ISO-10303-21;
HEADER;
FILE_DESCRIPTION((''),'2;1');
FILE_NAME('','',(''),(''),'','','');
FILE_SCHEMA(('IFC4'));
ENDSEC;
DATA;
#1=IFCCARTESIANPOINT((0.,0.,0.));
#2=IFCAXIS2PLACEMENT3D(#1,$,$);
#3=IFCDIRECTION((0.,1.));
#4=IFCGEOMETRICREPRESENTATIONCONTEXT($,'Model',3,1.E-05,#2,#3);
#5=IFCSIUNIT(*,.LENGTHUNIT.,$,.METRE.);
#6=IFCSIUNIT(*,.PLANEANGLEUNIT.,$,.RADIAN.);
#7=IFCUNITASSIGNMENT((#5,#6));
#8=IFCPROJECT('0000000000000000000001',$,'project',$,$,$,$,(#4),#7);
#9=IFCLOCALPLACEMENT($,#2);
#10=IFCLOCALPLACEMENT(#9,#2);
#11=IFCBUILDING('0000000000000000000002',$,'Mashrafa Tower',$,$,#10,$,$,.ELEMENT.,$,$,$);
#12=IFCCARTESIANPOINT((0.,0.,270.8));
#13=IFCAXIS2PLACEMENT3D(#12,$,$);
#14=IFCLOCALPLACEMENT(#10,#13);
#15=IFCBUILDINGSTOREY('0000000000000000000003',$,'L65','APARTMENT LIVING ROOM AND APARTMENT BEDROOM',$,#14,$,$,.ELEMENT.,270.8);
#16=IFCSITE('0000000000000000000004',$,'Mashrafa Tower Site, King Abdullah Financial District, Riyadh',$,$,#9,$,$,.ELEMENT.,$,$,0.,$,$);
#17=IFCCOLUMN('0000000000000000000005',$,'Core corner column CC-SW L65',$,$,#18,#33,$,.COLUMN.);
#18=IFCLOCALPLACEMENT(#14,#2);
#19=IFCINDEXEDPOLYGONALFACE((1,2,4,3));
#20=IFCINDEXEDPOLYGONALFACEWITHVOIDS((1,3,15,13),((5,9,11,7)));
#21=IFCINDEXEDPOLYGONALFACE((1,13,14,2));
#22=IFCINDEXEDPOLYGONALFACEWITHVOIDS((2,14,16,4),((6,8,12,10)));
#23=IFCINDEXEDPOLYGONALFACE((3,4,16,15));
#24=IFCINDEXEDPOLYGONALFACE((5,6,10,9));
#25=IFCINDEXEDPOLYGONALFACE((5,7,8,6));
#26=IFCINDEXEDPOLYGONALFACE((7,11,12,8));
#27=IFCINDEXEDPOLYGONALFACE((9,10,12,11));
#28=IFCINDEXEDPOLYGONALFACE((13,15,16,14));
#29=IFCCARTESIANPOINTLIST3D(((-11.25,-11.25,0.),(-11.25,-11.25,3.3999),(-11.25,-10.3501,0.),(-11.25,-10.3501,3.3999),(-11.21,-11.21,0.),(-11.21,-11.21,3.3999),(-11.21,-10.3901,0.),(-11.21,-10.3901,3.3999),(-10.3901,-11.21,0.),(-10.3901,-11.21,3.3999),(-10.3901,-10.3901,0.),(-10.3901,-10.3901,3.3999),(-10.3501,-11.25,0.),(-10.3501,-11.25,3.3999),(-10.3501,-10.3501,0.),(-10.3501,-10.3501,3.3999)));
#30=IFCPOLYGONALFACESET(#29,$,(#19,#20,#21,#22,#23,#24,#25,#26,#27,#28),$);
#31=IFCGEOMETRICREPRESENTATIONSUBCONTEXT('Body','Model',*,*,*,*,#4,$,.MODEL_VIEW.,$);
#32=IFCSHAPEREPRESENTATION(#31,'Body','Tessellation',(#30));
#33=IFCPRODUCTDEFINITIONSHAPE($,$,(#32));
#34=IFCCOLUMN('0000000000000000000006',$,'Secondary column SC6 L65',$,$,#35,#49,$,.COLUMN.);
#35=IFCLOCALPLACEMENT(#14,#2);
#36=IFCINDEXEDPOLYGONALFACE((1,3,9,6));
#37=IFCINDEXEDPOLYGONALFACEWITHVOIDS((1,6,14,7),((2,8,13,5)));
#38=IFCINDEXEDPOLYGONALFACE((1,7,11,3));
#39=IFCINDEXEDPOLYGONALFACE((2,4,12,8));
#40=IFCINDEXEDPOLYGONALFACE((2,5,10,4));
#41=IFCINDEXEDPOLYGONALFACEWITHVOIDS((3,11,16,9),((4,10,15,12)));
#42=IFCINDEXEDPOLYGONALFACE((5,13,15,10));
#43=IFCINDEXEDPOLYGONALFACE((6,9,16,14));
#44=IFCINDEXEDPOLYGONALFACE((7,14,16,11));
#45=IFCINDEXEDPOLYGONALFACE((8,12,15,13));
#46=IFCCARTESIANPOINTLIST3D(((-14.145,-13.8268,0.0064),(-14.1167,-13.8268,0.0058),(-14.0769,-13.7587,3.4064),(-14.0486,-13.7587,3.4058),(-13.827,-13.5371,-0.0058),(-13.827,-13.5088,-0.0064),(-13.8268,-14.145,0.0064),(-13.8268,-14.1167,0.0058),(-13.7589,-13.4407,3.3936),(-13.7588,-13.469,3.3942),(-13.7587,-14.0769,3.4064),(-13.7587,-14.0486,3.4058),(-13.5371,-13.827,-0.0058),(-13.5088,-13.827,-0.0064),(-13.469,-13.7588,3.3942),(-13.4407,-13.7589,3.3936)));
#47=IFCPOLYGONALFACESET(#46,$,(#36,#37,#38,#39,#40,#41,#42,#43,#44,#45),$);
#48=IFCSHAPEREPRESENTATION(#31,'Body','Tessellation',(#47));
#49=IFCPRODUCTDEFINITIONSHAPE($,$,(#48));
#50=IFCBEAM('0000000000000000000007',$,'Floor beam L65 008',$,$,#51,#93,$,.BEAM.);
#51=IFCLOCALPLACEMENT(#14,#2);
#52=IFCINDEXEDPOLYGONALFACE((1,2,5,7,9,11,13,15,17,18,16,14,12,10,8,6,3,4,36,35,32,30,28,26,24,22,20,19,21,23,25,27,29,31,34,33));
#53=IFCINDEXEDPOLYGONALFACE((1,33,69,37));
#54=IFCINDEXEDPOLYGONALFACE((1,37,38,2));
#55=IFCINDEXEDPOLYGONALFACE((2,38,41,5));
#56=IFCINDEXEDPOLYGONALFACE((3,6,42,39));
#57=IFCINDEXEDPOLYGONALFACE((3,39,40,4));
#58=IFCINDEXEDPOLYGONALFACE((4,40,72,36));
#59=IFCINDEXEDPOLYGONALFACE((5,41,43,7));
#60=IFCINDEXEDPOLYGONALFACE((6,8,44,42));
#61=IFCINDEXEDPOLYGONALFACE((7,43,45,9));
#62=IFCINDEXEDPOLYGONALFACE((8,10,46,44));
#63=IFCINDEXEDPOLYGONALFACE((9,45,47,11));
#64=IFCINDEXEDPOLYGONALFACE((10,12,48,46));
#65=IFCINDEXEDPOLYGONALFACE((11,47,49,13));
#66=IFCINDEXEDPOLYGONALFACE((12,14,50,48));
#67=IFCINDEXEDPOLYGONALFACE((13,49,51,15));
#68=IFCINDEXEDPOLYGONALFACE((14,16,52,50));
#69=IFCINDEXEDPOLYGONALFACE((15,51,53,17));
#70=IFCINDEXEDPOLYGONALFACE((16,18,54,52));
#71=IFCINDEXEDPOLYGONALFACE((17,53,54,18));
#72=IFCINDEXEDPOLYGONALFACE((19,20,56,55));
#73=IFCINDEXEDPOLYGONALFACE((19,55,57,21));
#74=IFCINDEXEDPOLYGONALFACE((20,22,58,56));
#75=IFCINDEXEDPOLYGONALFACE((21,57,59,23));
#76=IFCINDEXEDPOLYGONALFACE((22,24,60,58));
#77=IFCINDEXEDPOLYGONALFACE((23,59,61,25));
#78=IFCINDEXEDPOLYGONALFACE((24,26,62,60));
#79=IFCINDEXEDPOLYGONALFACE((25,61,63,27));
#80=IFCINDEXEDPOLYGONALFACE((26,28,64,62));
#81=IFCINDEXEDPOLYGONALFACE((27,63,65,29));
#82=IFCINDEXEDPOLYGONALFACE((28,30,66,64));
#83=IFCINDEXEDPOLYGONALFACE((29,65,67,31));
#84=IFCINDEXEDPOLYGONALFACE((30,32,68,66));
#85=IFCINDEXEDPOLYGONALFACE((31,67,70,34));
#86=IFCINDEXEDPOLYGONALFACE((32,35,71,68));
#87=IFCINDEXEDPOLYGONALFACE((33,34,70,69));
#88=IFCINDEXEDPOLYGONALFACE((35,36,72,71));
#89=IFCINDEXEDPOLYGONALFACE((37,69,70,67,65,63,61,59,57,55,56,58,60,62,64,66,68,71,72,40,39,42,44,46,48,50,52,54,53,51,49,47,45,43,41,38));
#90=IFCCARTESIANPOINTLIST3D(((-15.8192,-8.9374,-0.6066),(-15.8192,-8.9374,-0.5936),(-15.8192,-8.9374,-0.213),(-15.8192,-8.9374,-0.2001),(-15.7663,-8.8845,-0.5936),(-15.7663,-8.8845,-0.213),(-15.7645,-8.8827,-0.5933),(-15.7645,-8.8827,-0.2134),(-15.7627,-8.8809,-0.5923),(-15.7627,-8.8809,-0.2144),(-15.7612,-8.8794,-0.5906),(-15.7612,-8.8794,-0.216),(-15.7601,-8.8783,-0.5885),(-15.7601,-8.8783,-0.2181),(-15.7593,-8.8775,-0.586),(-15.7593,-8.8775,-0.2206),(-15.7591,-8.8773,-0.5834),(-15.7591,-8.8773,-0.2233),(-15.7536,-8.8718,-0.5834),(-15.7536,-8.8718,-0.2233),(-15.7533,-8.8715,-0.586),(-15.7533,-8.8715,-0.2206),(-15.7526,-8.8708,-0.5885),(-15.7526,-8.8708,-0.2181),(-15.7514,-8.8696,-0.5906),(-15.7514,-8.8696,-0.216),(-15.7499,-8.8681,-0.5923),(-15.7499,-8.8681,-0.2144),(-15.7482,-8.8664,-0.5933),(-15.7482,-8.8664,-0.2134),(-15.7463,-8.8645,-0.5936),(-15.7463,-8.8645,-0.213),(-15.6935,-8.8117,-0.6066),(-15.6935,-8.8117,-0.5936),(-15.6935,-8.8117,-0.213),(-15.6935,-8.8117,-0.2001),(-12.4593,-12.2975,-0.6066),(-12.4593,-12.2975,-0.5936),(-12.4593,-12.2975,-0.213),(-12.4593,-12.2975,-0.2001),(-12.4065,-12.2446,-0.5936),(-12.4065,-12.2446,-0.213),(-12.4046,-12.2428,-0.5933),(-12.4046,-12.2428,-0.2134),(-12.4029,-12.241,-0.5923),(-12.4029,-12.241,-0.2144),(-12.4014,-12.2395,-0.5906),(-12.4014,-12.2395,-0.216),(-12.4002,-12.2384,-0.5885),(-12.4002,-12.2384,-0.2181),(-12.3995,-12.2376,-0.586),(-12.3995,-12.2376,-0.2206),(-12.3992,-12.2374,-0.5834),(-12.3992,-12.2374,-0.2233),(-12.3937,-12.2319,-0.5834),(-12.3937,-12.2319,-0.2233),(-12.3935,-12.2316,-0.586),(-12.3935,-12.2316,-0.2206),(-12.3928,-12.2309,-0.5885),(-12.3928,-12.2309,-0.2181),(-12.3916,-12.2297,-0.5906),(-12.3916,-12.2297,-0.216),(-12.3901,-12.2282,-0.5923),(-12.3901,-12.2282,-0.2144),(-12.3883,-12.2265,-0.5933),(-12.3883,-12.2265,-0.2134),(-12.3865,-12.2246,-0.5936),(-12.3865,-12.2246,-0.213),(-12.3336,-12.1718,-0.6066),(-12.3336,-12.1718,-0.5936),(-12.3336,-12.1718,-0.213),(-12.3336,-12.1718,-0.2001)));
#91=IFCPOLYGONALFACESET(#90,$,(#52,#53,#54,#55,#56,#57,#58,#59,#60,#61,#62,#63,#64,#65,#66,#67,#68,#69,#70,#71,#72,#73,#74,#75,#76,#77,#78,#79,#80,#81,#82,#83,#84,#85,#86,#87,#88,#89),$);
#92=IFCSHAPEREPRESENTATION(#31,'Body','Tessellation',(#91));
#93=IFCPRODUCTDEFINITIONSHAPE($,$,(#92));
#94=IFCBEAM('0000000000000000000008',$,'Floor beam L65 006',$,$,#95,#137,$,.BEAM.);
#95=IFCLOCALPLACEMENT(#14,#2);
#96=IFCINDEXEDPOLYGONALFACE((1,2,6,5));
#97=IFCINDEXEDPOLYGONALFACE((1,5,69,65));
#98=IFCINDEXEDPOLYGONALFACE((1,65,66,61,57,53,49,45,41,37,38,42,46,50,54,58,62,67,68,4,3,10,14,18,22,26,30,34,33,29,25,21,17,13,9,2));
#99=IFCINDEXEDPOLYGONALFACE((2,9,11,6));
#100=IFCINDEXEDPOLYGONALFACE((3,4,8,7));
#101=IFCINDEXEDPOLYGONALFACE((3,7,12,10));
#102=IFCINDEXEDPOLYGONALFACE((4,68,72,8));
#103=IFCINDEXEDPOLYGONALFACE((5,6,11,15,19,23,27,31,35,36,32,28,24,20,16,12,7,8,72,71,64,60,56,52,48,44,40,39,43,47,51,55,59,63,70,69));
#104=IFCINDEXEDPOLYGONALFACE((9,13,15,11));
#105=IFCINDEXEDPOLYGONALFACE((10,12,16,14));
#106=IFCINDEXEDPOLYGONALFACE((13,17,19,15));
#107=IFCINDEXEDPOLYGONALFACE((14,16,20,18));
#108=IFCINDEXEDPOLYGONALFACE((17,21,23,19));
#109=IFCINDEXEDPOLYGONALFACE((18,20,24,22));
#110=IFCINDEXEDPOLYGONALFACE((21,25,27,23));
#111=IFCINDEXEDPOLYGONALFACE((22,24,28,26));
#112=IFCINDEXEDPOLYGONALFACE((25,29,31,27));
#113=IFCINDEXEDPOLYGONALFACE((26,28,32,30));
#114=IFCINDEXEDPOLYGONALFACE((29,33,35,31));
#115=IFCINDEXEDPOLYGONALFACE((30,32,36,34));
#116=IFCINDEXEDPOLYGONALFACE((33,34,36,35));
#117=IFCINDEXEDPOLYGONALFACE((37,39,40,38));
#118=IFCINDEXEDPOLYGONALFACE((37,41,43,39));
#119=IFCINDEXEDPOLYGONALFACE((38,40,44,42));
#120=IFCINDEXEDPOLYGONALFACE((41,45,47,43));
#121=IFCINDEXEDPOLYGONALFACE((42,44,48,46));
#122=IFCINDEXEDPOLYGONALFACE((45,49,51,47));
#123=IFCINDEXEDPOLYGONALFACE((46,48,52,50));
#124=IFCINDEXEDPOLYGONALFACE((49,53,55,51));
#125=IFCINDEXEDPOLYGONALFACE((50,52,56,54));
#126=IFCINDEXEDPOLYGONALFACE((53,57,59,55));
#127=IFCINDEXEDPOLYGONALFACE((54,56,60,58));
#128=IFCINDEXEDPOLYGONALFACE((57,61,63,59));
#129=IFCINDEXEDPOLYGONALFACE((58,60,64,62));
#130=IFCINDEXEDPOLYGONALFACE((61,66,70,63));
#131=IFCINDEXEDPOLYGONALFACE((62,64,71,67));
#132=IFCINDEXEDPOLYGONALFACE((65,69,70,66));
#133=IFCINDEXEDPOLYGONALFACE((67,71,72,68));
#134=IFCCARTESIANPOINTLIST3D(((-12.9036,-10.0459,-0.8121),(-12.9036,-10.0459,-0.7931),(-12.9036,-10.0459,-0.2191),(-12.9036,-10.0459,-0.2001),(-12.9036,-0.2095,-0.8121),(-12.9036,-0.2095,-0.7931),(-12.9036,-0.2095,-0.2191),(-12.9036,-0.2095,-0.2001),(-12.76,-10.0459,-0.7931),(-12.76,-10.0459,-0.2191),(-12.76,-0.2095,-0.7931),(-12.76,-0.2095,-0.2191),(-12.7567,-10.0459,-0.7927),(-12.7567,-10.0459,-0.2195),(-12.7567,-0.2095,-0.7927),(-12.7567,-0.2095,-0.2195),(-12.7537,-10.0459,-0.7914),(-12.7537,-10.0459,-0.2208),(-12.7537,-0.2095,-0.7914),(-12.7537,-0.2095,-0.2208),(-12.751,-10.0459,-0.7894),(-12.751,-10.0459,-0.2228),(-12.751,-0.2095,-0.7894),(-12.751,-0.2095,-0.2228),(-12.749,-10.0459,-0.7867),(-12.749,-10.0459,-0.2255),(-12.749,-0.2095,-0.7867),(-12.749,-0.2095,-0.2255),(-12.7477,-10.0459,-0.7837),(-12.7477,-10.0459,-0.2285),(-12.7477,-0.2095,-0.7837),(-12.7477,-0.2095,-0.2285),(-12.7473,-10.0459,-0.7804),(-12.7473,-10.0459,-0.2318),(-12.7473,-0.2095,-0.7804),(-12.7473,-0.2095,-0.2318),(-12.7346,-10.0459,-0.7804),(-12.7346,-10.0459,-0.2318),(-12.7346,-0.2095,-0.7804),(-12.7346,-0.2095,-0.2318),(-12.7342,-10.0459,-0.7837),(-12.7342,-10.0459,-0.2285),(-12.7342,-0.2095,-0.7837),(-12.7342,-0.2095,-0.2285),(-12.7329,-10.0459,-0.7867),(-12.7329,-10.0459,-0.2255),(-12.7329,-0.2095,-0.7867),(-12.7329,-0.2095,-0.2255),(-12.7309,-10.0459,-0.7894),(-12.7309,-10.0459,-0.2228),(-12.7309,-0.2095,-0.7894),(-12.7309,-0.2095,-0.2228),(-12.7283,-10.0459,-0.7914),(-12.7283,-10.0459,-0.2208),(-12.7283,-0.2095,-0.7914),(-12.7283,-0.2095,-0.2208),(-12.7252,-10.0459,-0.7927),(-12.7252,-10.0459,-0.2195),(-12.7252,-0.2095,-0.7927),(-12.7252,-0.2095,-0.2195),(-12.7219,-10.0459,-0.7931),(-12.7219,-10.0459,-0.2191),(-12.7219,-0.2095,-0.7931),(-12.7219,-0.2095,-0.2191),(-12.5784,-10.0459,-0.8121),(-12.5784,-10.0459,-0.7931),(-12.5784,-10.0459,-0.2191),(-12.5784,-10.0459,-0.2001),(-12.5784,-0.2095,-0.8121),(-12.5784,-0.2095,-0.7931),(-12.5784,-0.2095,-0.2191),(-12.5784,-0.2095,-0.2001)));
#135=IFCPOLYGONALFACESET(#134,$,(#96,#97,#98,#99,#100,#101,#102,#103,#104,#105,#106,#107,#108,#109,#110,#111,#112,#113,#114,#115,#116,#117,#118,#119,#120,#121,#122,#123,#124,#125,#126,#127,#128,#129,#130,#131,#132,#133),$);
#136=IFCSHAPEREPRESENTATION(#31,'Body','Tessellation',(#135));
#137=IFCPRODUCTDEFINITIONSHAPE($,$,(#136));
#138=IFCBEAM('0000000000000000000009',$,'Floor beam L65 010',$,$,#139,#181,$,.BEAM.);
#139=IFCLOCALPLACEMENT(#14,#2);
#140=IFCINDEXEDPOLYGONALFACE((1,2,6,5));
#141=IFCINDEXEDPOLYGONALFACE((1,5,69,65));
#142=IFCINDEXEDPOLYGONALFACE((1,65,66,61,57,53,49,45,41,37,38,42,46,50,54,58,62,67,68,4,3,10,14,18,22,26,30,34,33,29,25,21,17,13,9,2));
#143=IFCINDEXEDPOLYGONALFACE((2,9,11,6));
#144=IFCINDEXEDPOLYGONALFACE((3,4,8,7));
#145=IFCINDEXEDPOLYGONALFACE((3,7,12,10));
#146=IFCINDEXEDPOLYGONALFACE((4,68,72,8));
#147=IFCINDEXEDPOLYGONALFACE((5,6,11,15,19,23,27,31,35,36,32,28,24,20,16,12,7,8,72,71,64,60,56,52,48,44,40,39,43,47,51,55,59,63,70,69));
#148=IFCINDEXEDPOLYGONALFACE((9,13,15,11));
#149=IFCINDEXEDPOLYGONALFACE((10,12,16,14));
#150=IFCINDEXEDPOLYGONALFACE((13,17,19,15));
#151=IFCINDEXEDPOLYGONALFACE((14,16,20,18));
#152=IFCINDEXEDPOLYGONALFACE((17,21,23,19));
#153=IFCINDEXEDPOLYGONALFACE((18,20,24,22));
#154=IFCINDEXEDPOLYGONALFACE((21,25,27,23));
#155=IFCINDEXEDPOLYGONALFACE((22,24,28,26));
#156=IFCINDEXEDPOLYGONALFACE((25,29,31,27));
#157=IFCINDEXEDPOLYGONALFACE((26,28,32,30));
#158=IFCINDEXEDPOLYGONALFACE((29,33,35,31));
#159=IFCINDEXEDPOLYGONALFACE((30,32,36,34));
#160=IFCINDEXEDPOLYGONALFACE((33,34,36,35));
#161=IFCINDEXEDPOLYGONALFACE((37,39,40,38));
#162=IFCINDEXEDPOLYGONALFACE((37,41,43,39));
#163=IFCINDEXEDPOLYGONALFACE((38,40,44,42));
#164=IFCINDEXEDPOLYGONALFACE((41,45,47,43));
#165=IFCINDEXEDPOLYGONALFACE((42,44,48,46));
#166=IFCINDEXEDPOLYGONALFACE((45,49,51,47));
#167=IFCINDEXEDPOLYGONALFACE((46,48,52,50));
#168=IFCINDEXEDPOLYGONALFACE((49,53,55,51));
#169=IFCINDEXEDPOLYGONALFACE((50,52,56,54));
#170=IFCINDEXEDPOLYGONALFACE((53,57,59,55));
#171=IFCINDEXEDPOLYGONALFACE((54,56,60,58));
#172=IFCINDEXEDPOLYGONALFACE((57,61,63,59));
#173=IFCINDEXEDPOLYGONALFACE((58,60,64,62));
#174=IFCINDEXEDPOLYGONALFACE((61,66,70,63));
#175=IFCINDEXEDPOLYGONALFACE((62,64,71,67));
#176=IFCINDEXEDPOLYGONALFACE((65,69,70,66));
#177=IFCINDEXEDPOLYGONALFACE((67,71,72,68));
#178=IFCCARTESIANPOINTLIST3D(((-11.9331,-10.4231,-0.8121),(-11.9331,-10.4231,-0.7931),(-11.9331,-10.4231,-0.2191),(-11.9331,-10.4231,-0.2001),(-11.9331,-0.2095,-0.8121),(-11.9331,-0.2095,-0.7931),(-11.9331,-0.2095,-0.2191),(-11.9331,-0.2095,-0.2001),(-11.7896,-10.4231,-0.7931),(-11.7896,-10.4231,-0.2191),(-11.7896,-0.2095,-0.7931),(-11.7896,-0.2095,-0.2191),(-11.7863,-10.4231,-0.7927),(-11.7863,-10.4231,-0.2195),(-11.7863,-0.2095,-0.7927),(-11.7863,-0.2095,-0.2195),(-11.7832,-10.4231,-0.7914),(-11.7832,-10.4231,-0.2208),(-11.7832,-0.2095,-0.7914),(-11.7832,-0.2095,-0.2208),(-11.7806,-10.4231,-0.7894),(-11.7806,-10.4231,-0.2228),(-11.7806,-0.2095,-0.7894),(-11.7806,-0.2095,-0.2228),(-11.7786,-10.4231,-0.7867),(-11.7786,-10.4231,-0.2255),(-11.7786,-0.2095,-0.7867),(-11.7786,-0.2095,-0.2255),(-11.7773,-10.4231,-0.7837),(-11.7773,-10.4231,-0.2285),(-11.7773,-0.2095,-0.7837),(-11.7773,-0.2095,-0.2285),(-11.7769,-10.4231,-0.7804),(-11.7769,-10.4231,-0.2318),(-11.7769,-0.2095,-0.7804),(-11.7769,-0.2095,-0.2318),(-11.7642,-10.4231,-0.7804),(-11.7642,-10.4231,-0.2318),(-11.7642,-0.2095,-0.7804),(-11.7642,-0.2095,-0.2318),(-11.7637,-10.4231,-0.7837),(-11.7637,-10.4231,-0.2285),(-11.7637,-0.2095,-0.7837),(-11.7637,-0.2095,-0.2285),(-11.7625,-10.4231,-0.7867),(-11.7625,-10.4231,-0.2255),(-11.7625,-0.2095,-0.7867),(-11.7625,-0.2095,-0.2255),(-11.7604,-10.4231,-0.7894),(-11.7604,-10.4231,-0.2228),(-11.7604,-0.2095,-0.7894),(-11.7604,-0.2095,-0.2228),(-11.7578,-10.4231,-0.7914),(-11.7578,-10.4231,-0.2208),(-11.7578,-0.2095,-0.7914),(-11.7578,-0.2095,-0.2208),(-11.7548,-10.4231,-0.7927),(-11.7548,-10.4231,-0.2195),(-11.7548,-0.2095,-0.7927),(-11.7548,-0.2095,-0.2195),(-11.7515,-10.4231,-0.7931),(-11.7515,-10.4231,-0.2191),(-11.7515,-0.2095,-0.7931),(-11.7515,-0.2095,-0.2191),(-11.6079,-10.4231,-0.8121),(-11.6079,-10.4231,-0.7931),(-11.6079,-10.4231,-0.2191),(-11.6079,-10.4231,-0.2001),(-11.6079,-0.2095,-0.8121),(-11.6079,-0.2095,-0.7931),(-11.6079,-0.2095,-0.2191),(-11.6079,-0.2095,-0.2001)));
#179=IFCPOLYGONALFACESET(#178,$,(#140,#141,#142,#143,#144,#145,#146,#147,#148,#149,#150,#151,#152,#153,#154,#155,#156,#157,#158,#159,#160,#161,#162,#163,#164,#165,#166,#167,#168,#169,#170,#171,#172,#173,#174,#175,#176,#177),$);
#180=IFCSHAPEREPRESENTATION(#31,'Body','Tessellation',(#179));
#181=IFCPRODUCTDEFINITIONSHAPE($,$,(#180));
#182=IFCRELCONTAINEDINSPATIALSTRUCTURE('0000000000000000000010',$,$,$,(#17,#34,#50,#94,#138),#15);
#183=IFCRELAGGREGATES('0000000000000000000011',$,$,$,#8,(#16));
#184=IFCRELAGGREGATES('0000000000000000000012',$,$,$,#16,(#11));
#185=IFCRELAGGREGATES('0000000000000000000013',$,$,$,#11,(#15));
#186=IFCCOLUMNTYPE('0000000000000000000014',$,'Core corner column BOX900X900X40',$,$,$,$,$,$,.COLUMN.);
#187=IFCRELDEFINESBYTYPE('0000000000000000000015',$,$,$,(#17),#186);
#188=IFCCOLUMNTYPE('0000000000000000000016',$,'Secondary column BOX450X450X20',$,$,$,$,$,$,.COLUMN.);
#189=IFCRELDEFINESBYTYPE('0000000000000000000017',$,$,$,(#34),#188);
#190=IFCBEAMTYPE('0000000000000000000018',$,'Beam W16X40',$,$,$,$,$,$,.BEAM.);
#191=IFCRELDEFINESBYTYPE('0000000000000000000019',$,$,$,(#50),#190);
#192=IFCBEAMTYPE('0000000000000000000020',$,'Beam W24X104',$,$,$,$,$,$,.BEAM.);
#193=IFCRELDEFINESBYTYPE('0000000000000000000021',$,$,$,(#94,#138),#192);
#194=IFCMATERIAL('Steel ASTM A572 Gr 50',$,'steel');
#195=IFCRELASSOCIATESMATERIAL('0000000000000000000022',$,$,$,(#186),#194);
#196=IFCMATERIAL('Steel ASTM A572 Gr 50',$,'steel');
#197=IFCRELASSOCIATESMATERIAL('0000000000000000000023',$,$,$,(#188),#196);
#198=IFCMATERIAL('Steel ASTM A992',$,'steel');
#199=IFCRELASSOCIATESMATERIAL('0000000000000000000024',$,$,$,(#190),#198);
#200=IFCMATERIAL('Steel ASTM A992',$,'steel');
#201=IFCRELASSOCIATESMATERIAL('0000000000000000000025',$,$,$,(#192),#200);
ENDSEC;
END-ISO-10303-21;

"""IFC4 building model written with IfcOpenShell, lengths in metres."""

from ifc_helpers import new_model, si_unit, direction, frame, origin, origin_2d, place, context, subcontext, project, spatial, hollow_rectangle, i_section, extrude, material, material_profile, profile_set, type_object, element, save


model = new_model("IFC4")

# Units and contexts
model_context = context("Model", 3, precision=1e-05, world=origin(), true_north=direction((0.0, 1.0)))
body_context = subcontext(model_context, "Body", "Model", "MODEL_VIEW")
ifc_project = project(units=[si_unit("LENGTHUNIT", "METRE"), si_unit("PLANEANGLEUNIT", "RADIAN")], contexts=[model_context])

# Site, building, storey
site_placement = place(None, origin())
site = spatial("IfcSite", under=ifc_project, at=site_placement, Name="Mashrafa Tower Site, King Abdullah Financial District, Riyadh", CompositionType="ELEMENT", RefElevation=0.0)
building_placement = place(site_placement, origin())
building = spatial("IfcBuilding", under=site, at=building_placement, Name="Mashrafa Tower", CompositionType="ELEMENT")
storey_placement = place(building_placement, frame((0.0, 0.0, 270.8)))
storey = spatial("IfcBuildingStorey", under=building, at=storey_placement, Name="L65", Description="APARTMENT LIVING ROOM AND APARTMENT BEDROOM", CompositionType="ELEMENT", Elevation=270.8)

# Columns
ifc_material_1 = material(Name="Steel ASTM A572 Gr 50", Category="steel")
ifc_material_profile_1 = material_profile(ifc_material_1, hollow_rectangle(XDim=0.8999, YDim=0.8999, WallThickness=0.04, at=origin_2d()), Name="BOX900X900X40")
ifc_profile_set_1 = profile_set([ifc_material_profile_1], Name="Steel ASTM A572 Gr 50")
column_type_1 = type_object("IfcColumnType", Name="Core corner column BOX900X900X40", PredefinedType="COLUMN", material=ifc_profile_set_1)
column_1_placement = place(storey_placement, frame((-10.8, -10.8, 0.0), z_axis=(0.0, 0.0, 1.0), x_axis=(1.0, 0.0, 0.0)))
element("IfcColumn", 1, at=column_1_placement, inside=storey, type_object=column_type_1, Name="Core corner column CC-SW L65", PredefinedType="COLUMN", context=body_context, shape_type="SweptSolid", body=[
    extrude(hollow_rectangle(XDim=0.8999, YDim=0.8999, WallThickness=0.04, at=origin_2d()), origin(), (0.0, 0.0, 1.0), 3.3999),
])
ifc_material_2 = material(Name="Steel ASTM A572 Gr 50", Category="steel")
ifc_material_profile_2 = material_profile(ifc_material_2, hollow_rectangle(XDim=0.45, YDim=0.45, WallThickness=0.02, at=origin_2d()), Name="BOX450X450X20")
ifc_profile_set_2 = profile_set([ifc_material_profile_2], Name="Steel ASTM A572 Gr 50")
column_type_2 = type_object("IfcColumnType", Name="Secondary column BOX450X450X20", PredefinedType="COLUMN", material=ifc_profile_set_2)
column_2_placement = place(storey_placement, frame((-13.8269, -13.8269, 0.0), z_axis=(0.020026, 0.020026, 0.999599), x_axis=(-0.707107, 0.707107, 0.0)))
element("IfcColumn", 2, at=column_2_placement, inside=storey, type_object=column_type_2, Name="Secondary column SC6 L65", PredefinedType="COLUMN", context=body_context, shape_type="SweptSolid", body=[
    extrude(hollow_rectangle(XDim=0.45, YDim=0.45, WallThickness=0.02, at=origin_2d()), origin(), (0.0, 0.0, 1.0), 3.4014),
])

# Beams
ifc_material_3 = material(Name="Steel ASTM A992", Category="steel")
ifc_material_profile_3 = material_profile(ifc_material_3, i_section(OverallWidth=0.1777, OverallDepth=0.4065, WebThickness=0.0078, FlangeThickness=0.0129, FilletRadius=0.0103, at=origin_2d()), Name="W16X40")
ifc_profile_set_3 = profile_set([ifc_material_profile_3], Name="Steel ASTM A992")
beam_type_1 = type_object("IfcBeamType", Name="Beam W16X40", PredefinedType="BEAM", material=ifc_profile_set_3)
beam_1_placement = place(storey_placement, frame((-12.3965, -12.2346, -0.4033), z_axis=(-0.707081, 0.707132, 0.0), x_axis=(-0.707132, -0.707081, 0.0)))
element("IfcBeam", 3, at=beam_1_placement, inside=storey, type_object=beam_type_1, Name="Floor beam L65 008", PredefinedType="BEAM", context=body_context, shape_type="SweptSolid", body=[
    extrude(i_section(OverallWidth=0.1777, OverallDepth=0.4065, WebThickness=0.0078, FlangeThickness=0.0129, FilletRadius=0.0103, at=origin_2d()), origin(), (0.0, 0.0, 1.0), 4.7517),
])
ifc_material_4 = material(Name="Steel ASTM A992", Category="steel")
ifc_material_profile_4 = material_profile(ifc_material_4, i_section(OverallWidth=0.3252, OverallDepth=0.6121, WebThickness=0.0127, FlangeThickness=0.019, FilletRadius=0.0127, at=origin_2d()), Name="W24X104")
ifc_profile_set_4 = profile_set([ifc_material_profile_4], Name="Steel ASTM A992")
beam_type_2 = type_object("IfcBeamType", Name="Beam W24X104", PredefinedType="BEAM", material=ifc_profile_set_4)
beam_2_placement = place(storey_placement, frame((-12.741, -10.0459, -0.5061), z_axis=(0.0, 1.0, 0.0), x_axis=(-1.0, 0.0, 0.0)))
element("IfcBeam", 4, at=beam_2_placement, inside=storey, type_object=beam_type_2, Name="Floor beam L65 006", PredefinedType="BEAM", context=body_context, shape_type="SweptSolid", body=[
    extrude(i_section(OverallWidth=0.3252, OverallDepth=0.6121, WebThickness=0.0127, FlangeThickness=0.019, FilletRadius=0.0127, at=origin_2d()), origin(), (0.0, 0.0, 1.0), 9.8364),
])
beam_3_placement = place(storey_placement, frame((-11.7705, -10.4231, -0.5061), z_axis=(0.0, 1.0, 0.0), x_axis=(-1.0, 0.0, 0.0)))
element("IfcBeam", 5, at=beam_3_placement, inside=storey, type_object=beam_type_2, Name="Floor beam L65 010", PredefinedType="BEAM", context=body_context, shape_type="SweptSolid", body=[
    extrude(i_section(OverallWidth=0.3252, OverallDepth=0.6121, WebThickness=0.0127, FlangeThickness=0.019, FilletRadius=0.0127, at=origin_2d()), origin(), (0.0, 0.0, 1.0), 10.2136),
])

save(model, "model.ifc")
